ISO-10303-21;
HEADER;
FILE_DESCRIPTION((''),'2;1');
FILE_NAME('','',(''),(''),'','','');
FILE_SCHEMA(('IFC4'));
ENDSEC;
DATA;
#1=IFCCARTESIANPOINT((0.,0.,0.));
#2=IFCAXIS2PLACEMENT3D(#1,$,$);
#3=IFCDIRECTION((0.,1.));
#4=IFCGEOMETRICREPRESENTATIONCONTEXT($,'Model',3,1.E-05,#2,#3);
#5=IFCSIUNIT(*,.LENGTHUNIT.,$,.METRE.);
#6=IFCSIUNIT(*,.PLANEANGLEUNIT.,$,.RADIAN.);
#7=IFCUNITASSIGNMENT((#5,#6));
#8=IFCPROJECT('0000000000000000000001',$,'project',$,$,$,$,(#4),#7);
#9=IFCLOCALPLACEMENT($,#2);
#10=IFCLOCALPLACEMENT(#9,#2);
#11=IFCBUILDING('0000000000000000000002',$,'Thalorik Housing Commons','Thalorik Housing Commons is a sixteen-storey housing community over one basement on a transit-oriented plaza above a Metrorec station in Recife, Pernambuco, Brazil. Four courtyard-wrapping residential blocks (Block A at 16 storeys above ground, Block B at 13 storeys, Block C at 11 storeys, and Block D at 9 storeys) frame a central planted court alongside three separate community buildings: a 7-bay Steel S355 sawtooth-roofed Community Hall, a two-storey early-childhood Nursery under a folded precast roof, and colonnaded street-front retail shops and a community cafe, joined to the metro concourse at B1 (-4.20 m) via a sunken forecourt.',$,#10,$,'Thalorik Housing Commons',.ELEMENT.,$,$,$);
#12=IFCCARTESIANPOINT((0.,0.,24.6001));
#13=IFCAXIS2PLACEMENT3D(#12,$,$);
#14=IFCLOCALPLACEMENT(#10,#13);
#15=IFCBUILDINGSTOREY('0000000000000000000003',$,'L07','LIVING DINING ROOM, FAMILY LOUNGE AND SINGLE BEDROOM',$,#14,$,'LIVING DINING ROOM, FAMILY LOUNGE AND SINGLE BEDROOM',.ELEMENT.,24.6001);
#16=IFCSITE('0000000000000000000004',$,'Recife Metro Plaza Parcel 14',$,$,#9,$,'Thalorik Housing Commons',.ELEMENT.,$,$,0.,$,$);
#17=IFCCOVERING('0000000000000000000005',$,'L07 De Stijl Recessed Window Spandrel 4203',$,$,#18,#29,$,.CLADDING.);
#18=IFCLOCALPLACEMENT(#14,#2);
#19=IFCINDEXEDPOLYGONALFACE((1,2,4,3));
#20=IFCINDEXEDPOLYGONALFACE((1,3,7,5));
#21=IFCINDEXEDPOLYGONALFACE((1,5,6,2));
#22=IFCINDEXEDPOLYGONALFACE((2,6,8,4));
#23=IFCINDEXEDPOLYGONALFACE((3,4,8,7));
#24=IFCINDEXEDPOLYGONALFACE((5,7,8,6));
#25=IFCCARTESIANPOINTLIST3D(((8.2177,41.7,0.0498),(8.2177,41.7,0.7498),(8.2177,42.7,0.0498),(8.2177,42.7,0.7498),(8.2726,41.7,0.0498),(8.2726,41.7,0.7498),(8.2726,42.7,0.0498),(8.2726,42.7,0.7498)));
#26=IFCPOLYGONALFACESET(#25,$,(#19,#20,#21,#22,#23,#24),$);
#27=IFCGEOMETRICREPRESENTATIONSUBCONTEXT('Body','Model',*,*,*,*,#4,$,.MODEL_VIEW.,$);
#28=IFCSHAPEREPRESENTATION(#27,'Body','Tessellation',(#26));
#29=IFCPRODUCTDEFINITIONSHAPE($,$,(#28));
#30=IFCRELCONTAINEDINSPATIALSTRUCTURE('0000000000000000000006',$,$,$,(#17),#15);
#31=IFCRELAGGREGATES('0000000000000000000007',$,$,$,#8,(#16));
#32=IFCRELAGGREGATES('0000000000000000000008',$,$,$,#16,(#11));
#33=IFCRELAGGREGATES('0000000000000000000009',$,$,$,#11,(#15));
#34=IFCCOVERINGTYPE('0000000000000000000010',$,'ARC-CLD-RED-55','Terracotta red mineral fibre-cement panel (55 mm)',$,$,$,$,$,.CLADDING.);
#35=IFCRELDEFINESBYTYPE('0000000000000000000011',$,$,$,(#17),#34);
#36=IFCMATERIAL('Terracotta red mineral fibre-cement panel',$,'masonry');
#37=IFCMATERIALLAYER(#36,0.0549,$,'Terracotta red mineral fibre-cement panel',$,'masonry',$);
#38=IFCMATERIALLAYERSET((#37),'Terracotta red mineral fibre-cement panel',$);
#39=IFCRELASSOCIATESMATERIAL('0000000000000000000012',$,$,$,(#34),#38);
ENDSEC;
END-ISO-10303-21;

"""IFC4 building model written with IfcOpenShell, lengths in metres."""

from ifc_helpers import new_model, si_unit, direction, frame, origin, origin_2d, place, context, subcontext, project, spatial, rectangle, extrude, material, layer, layer_set, type_object, element, save


model = new_model("IFC4")

# Units and contexts
model_context = context("Model", 3, precision=1e-05, world=origin(), true_north=direction((0.0, 1.0)))
body_context = subcontext(model_context, "Body", "Model", "MODEL_VIEW")
ifc_project = project(units=[si_unit("LENGTHUNIT", "METRE"), si_unit("PLANEANGLEUNIT", "RADIAN")], contexts=[model_context])

# Site, building, storey
site_placement = place(None, origin())
site = spatial("IfcSite", under=ifc_project, at=site_placement, Name="Recife Metro Plaza Parcel 14", LongName="Thalorik Housing Commons", CompositionType="ELEMENT", RefElevation=0.0)
building_placement = place(site_placement, origin())
building = spatial("IfcBuilding", under=site, at=building_placement, Name="Thalorik Housing Commons", Description="Thalorik Housing Commons is a sixteen-storey housing community over one basement on a transit-oriented plaza above a Metrorec station in Recife, Pernambuco, Brazil. Four courtyard-wrapping residential blocks (Block A at 16 storeys above ground, Block B at 13 storeys, Block C at 11 storeys, and Block D at 9 storeys) frame a central planted court alongside three separate community buildings: a 7-bay Steel S355 sawtooth-roofed Community Hall, a two-storey early-childhood Nursery under a folded precast roof, and colonnaded street-front retail shops and a community cafe, joined to the metro concourse at B1 (-4.20 m) via a sunken forecourt.", LongName="Thalorik Housing Commons", CompositionType="ELEMENT")
storey_placement = place(building_placement, frame((0.0, 0.0, 24.6001)))
storey = spatial("IfcBuildingStorey", under=building, at=storey_placement, Name="L07", Description="LIVING DINING ROOM, FAMILY LOUNGE AND SINGLE BEDROOM", LongName="LIVING DINING ROOM, FAMILY LOUNGE AND SINGLE BEDROOM", CompositionType="ELEMENT", Elevation=24.6001)

# Covering
ifc_material_1 = material(Name="Terracotta red mineral fibre-cement panel", Category="masonry")
ifc_layer_1 = layer(ifc_material_1, 0.0549, Name="Terracotta red mineral fibre-cement panel", Category="masonry")
ifc_layer_set_1 = layer_set([ifc_layer_1], Name="Terracotta red mineral fibre-cement panel")
covering_type_1 = type_object("IfcCoveringType", Name="ARC-CLD-RED-55", Description="Terracotta red mineral fibre-cement panel (55 mm)", PredefinedType="CLADDING", material=ifc_layer_set_1)
covering_1_placement = place(storey_placement, frame((8.2451, 42.2, 0.0498), z_axis=(0.0, 0.0, 1.0), x_axis=(0.0, -1.0, 0.0)))
element("IfcCovering", 1, at=covering_1_placement, inside=storey, type_object=covering_type_1, Name="L07 De Stijl Recessed Window Spandrel 4203", PredefinedType="CLADDING", context=body_context, shape_type="SweptSolid", body=[
    extrude(rectangle(XDim=1.0, YDim=0.0549, at=origin_2d()), origin(), (0.0, 0.0, 1.0), 0.7),
])

save(model, "model.ifc")
